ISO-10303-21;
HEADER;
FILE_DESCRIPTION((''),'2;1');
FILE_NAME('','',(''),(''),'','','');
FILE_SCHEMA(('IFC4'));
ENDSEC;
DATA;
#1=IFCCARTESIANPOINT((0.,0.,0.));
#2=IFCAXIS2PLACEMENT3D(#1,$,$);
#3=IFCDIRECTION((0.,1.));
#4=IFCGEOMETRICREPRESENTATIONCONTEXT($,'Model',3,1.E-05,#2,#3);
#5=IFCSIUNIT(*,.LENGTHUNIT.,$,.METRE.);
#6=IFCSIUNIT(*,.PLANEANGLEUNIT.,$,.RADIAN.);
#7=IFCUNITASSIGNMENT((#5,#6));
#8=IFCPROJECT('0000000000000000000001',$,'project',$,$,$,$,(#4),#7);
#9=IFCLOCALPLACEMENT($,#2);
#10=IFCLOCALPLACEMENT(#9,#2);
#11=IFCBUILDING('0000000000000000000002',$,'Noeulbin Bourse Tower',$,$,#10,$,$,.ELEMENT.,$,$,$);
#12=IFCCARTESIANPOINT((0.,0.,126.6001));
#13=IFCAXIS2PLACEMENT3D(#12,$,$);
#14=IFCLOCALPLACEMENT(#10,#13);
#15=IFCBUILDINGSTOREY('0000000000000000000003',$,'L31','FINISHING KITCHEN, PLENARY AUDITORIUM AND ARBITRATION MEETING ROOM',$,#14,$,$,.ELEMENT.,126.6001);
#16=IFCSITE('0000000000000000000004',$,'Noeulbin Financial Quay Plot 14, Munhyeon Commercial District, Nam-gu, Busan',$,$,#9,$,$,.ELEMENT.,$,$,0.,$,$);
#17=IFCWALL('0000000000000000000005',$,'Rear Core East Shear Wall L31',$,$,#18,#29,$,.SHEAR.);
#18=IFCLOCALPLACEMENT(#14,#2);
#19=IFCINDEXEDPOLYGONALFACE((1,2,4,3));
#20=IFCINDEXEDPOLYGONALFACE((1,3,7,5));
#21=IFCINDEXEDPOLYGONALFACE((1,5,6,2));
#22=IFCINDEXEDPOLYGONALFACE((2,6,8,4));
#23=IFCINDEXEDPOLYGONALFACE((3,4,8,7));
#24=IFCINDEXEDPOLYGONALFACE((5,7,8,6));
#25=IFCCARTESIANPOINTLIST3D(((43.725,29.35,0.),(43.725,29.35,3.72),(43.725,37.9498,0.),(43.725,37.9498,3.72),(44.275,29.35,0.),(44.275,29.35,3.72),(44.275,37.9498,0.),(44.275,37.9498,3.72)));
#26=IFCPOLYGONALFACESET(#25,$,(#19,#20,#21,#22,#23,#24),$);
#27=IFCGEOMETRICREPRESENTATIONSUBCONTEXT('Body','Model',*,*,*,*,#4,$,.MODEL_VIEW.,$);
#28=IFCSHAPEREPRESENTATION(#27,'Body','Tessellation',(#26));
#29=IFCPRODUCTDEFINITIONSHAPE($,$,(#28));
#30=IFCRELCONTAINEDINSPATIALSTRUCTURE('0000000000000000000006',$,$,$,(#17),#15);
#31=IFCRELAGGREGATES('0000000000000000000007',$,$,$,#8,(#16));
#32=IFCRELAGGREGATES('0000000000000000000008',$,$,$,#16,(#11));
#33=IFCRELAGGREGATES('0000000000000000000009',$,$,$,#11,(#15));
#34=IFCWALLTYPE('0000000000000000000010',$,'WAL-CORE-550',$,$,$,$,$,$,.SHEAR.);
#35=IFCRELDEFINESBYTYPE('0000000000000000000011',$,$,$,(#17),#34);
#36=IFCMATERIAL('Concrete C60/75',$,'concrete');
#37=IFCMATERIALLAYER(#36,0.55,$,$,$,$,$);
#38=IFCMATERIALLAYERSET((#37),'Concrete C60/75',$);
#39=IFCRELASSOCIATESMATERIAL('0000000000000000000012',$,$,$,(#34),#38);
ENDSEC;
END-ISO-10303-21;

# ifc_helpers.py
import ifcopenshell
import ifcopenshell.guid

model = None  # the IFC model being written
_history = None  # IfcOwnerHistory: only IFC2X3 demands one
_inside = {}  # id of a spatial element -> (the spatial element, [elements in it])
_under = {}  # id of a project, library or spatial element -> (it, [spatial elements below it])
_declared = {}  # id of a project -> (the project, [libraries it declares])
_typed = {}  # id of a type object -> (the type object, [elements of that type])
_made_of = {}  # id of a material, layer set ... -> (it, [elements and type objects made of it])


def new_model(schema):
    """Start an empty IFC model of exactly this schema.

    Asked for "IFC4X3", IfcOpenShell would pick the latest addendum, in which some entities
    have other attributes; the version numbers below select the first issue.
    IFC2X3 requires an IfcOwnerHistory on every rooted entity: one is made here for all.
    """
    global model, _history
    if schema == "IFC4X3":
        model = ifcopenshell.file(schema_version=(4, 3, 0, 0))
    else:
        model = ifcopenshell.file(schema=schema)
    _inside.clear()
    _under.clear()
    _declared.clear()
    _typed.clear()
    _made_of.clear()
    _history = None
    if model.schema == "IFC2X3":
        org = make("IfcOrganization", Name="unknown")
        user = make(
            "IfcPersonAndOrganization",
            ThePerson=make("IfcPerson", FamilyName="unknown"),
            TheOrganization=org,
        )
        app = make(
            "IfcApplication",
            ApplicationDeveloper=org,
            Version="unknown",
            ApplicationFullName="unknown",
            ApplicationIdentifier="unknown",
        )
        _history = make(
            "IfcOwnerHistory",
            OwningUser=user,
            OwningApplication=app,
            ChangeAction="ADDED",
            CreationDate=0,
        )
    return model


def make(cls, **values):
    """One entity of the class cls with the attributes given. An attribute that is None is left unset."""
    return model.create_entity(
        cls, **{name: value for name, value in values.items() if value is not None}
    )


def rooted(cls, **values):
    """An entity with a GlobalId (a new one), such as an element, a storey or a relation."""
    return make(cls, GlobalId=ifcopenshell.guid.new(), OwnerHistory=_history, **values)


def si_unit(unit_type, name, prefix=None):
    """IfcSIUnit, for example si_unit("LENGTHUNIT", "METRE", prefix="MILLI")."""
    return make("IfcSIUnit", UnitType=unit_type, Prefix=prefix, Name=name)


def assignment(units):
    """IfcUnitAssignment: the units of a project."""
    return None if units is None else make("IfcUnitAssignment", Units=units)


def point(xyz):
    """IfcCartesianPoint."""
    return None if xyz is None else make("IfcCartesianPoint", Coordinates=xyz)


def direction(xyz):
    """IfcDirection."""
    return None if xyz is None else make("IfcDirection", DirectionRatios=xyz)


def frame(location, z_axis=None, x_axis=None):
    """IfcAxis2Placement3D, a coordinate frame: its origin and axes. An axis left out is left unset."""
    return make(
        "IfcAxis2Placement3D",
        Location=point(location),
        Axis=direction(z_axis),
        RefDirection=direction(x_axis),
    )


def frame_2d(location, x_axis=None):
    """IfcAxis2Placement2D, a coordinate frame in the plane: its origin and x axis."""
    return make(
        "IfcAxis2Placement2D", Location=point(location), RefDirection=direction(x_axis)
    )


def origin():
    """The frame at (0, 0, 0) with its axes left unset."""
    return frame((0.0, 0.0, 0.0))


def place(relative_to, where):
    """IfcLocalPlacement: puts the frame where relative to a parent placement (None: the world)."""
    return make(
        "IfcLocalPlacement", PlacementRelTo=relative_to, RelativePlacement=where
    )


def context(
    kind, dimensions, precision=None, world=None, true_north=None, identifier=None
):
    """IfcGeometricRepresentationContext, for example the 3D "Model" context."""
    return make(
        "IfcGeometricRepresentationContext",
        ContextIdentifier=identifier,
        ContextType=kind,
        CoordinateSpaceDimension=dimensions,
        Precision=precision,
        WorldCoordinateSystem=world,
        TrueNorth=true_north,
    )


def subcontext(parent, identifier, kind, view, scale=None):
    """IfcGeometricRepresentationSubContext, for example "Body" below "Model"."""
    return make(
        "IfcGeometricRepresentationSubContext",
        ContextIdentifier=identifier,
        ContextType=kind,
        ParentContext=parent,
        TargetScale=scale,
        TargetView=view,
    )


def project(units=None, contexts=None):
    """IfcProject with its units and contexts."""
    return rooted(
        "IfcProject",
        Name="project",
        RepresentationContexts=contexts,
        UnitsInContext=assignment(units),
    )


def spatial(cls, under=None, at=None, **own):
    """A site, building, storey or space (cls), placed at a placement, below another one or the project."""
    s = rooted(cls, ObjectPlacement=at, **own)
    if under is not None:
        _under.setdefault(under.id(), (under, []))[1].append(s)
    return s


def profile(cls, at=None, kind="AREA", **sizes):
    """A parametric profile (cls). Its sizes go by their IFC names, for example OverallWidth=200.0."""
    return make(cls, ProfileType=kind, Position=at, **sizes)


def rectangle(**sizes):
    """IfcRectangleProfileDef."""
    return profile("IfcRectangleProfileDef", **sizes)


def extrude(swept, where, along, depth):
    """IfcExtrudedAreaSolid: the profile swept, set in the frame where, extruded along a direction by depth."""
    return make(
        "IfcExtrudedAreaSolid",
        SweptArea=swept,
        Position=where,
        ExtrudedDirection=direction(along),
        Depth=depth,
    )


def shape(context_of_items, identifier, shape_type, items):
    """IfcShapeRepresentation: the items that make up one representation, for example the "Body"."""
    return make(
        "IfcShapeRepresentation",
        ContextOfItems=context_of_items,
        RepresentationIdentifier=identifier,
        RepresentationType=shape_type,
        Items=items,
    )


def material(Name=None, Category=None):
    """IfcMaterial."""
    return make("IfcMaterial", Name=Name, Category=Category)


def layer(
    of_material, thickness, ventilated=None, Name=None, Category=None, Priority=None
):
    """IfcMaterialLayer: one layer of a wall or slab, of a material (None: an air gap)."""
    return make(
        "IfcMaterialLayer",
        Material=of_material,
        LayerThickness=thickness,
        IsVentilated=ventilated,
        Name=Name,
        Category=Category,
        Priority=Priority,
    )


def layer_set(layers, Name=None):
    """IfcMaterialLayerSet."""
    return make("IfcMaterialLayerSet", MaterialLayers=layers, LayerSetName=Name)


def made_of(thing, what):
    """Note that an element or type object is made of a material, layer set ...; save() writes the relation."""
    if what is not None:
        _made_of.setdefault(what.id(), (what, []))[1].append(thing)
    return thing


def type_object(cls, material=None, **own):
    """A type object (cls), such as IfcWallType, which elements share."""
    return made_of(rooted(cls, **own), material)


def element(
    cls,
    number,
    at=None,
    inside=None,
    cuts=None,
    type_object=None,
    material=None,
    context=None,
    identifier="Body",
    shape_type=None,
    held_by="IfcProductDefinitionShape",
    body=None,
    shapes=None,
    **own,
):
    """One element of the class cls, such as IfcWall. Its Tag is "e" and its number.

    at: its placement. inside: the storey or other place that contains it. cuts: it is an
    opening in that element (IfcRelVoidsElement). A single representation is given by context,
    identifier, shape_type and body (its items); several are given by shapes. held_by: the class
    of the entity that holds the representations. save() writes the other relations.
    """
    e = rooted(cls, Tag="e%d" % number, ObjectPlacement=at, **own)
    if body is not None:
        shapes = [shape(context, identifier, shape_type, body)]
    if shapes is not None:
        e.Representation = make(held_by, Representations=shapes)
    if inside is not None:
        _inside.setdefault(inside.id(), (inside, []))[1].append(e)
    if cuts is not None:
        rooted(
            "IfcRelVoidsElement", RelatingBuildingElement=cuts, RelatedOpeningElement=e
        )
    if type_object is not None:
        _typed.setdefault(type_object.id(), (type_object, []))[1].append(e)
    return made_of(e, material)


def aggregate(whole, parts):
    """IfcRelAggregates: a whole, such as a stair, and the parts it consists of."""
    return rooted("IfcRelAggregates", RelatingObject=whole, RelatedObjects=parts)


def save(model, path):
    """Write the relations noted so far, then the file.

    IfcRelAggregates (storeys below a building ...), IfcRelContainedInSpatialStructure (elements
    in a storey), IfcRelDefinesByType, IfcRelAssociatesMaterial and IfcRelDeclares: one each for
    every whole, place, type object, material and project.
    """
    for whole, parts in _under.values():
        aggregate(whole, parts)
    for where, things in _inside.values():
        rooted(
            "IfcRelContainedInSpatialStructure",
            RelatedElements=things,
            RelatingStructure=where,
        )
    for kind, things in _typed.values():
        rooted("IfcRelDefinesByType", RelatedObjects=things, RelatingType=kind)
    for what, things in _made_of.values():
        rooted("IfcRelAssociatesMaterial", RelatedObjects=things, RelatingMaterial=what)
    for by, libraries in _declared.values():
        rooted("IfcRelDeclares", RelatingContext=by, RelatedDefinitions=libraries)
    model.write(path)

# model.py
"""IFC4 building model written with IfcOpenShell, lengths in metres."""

from ifc_helpers import new_model, si_unit, direction, frame, frame_2d, origin, place, context, subcontext, project, spatial, rectangle, extrude, material, layer, layer_set, type_object, element, save


model = new_model("IFC4")

# Units and contexts
model_context = context("Model", 3, precision=1e-05, world=origin(), true_north=direction((0.0, 1.0)))
body_context = subcontext(model_context, "Body", "Model", "MODEL_VIEW")
ifc_project = project(units=[si_unit("LENGTHUNIT", "METRE"), si_unit("PLANEANGLEUNIT", "RADIAN")], contexts=[model_context])

# Site, building, storey
site_placement = place(None, origin())
site = spatial("IfcSite", under=ifc_project, at=site_placement, Name="Noeulbin Financial Quay Plot 14, Munhyeon Commercial District, Nam-gu, Busan", CompositionType="ELEMENT", RefElevation=0.0)
building_placement = place(site_placement, origin())
building = spatial("IfcBuilding", under=site, at=building_placement, Name="Noeulbin Bourse Tower", CompositionType="ELEMENT")
storey_placement = place(building_placement, frame((0.0, 0.0, 126.6001)))
storey = spatial("IfcBuildingStorey", under=building, at=storey_placement, Name="L31", Description="FINISHING KITCHEN, PLENARY AUDITORIUM AND ARBITRATION MEETING ROOM", CompositionType="ELEMENT", Elevation=126.6001)

# Wall
ifc_material_1 = material(Name="Concrete C60/75", Category="concrete")
ifc_layer_1 = layer(ifc_material_1, 0.55)
ifc_layer_set_1 = layer_set([ifc_layer_1], Name="Concrete C60/75")
wall_type = type_object("IfcWallType", Name="WAL-CORE-550", PredefinedType="SHEAR", material=ifc_layer_set_1)
wall_placement = place(storey_placement, frame((44.0, 29.3501, 0.0), z_axis=(0.0, 0.0, 1.0), x_axis=(0.0, 1.0, 0.0)))
element("IfcWall", 1, at=wall_placement, inside=storey, type_object=wall_type, Name="Rear Core East Shear Wall L31", PredefinedType="SHEAR", context=body_context, shape_type="SweptSolid", body=[
    extrude(rectangle(XDim=8.5999, YDim=0.55, at=frame_2d((4.2998, 0.0))), origin(), (0.0, 0.0, 1.0), 3.72),
])

save(model, "model.ifc")
